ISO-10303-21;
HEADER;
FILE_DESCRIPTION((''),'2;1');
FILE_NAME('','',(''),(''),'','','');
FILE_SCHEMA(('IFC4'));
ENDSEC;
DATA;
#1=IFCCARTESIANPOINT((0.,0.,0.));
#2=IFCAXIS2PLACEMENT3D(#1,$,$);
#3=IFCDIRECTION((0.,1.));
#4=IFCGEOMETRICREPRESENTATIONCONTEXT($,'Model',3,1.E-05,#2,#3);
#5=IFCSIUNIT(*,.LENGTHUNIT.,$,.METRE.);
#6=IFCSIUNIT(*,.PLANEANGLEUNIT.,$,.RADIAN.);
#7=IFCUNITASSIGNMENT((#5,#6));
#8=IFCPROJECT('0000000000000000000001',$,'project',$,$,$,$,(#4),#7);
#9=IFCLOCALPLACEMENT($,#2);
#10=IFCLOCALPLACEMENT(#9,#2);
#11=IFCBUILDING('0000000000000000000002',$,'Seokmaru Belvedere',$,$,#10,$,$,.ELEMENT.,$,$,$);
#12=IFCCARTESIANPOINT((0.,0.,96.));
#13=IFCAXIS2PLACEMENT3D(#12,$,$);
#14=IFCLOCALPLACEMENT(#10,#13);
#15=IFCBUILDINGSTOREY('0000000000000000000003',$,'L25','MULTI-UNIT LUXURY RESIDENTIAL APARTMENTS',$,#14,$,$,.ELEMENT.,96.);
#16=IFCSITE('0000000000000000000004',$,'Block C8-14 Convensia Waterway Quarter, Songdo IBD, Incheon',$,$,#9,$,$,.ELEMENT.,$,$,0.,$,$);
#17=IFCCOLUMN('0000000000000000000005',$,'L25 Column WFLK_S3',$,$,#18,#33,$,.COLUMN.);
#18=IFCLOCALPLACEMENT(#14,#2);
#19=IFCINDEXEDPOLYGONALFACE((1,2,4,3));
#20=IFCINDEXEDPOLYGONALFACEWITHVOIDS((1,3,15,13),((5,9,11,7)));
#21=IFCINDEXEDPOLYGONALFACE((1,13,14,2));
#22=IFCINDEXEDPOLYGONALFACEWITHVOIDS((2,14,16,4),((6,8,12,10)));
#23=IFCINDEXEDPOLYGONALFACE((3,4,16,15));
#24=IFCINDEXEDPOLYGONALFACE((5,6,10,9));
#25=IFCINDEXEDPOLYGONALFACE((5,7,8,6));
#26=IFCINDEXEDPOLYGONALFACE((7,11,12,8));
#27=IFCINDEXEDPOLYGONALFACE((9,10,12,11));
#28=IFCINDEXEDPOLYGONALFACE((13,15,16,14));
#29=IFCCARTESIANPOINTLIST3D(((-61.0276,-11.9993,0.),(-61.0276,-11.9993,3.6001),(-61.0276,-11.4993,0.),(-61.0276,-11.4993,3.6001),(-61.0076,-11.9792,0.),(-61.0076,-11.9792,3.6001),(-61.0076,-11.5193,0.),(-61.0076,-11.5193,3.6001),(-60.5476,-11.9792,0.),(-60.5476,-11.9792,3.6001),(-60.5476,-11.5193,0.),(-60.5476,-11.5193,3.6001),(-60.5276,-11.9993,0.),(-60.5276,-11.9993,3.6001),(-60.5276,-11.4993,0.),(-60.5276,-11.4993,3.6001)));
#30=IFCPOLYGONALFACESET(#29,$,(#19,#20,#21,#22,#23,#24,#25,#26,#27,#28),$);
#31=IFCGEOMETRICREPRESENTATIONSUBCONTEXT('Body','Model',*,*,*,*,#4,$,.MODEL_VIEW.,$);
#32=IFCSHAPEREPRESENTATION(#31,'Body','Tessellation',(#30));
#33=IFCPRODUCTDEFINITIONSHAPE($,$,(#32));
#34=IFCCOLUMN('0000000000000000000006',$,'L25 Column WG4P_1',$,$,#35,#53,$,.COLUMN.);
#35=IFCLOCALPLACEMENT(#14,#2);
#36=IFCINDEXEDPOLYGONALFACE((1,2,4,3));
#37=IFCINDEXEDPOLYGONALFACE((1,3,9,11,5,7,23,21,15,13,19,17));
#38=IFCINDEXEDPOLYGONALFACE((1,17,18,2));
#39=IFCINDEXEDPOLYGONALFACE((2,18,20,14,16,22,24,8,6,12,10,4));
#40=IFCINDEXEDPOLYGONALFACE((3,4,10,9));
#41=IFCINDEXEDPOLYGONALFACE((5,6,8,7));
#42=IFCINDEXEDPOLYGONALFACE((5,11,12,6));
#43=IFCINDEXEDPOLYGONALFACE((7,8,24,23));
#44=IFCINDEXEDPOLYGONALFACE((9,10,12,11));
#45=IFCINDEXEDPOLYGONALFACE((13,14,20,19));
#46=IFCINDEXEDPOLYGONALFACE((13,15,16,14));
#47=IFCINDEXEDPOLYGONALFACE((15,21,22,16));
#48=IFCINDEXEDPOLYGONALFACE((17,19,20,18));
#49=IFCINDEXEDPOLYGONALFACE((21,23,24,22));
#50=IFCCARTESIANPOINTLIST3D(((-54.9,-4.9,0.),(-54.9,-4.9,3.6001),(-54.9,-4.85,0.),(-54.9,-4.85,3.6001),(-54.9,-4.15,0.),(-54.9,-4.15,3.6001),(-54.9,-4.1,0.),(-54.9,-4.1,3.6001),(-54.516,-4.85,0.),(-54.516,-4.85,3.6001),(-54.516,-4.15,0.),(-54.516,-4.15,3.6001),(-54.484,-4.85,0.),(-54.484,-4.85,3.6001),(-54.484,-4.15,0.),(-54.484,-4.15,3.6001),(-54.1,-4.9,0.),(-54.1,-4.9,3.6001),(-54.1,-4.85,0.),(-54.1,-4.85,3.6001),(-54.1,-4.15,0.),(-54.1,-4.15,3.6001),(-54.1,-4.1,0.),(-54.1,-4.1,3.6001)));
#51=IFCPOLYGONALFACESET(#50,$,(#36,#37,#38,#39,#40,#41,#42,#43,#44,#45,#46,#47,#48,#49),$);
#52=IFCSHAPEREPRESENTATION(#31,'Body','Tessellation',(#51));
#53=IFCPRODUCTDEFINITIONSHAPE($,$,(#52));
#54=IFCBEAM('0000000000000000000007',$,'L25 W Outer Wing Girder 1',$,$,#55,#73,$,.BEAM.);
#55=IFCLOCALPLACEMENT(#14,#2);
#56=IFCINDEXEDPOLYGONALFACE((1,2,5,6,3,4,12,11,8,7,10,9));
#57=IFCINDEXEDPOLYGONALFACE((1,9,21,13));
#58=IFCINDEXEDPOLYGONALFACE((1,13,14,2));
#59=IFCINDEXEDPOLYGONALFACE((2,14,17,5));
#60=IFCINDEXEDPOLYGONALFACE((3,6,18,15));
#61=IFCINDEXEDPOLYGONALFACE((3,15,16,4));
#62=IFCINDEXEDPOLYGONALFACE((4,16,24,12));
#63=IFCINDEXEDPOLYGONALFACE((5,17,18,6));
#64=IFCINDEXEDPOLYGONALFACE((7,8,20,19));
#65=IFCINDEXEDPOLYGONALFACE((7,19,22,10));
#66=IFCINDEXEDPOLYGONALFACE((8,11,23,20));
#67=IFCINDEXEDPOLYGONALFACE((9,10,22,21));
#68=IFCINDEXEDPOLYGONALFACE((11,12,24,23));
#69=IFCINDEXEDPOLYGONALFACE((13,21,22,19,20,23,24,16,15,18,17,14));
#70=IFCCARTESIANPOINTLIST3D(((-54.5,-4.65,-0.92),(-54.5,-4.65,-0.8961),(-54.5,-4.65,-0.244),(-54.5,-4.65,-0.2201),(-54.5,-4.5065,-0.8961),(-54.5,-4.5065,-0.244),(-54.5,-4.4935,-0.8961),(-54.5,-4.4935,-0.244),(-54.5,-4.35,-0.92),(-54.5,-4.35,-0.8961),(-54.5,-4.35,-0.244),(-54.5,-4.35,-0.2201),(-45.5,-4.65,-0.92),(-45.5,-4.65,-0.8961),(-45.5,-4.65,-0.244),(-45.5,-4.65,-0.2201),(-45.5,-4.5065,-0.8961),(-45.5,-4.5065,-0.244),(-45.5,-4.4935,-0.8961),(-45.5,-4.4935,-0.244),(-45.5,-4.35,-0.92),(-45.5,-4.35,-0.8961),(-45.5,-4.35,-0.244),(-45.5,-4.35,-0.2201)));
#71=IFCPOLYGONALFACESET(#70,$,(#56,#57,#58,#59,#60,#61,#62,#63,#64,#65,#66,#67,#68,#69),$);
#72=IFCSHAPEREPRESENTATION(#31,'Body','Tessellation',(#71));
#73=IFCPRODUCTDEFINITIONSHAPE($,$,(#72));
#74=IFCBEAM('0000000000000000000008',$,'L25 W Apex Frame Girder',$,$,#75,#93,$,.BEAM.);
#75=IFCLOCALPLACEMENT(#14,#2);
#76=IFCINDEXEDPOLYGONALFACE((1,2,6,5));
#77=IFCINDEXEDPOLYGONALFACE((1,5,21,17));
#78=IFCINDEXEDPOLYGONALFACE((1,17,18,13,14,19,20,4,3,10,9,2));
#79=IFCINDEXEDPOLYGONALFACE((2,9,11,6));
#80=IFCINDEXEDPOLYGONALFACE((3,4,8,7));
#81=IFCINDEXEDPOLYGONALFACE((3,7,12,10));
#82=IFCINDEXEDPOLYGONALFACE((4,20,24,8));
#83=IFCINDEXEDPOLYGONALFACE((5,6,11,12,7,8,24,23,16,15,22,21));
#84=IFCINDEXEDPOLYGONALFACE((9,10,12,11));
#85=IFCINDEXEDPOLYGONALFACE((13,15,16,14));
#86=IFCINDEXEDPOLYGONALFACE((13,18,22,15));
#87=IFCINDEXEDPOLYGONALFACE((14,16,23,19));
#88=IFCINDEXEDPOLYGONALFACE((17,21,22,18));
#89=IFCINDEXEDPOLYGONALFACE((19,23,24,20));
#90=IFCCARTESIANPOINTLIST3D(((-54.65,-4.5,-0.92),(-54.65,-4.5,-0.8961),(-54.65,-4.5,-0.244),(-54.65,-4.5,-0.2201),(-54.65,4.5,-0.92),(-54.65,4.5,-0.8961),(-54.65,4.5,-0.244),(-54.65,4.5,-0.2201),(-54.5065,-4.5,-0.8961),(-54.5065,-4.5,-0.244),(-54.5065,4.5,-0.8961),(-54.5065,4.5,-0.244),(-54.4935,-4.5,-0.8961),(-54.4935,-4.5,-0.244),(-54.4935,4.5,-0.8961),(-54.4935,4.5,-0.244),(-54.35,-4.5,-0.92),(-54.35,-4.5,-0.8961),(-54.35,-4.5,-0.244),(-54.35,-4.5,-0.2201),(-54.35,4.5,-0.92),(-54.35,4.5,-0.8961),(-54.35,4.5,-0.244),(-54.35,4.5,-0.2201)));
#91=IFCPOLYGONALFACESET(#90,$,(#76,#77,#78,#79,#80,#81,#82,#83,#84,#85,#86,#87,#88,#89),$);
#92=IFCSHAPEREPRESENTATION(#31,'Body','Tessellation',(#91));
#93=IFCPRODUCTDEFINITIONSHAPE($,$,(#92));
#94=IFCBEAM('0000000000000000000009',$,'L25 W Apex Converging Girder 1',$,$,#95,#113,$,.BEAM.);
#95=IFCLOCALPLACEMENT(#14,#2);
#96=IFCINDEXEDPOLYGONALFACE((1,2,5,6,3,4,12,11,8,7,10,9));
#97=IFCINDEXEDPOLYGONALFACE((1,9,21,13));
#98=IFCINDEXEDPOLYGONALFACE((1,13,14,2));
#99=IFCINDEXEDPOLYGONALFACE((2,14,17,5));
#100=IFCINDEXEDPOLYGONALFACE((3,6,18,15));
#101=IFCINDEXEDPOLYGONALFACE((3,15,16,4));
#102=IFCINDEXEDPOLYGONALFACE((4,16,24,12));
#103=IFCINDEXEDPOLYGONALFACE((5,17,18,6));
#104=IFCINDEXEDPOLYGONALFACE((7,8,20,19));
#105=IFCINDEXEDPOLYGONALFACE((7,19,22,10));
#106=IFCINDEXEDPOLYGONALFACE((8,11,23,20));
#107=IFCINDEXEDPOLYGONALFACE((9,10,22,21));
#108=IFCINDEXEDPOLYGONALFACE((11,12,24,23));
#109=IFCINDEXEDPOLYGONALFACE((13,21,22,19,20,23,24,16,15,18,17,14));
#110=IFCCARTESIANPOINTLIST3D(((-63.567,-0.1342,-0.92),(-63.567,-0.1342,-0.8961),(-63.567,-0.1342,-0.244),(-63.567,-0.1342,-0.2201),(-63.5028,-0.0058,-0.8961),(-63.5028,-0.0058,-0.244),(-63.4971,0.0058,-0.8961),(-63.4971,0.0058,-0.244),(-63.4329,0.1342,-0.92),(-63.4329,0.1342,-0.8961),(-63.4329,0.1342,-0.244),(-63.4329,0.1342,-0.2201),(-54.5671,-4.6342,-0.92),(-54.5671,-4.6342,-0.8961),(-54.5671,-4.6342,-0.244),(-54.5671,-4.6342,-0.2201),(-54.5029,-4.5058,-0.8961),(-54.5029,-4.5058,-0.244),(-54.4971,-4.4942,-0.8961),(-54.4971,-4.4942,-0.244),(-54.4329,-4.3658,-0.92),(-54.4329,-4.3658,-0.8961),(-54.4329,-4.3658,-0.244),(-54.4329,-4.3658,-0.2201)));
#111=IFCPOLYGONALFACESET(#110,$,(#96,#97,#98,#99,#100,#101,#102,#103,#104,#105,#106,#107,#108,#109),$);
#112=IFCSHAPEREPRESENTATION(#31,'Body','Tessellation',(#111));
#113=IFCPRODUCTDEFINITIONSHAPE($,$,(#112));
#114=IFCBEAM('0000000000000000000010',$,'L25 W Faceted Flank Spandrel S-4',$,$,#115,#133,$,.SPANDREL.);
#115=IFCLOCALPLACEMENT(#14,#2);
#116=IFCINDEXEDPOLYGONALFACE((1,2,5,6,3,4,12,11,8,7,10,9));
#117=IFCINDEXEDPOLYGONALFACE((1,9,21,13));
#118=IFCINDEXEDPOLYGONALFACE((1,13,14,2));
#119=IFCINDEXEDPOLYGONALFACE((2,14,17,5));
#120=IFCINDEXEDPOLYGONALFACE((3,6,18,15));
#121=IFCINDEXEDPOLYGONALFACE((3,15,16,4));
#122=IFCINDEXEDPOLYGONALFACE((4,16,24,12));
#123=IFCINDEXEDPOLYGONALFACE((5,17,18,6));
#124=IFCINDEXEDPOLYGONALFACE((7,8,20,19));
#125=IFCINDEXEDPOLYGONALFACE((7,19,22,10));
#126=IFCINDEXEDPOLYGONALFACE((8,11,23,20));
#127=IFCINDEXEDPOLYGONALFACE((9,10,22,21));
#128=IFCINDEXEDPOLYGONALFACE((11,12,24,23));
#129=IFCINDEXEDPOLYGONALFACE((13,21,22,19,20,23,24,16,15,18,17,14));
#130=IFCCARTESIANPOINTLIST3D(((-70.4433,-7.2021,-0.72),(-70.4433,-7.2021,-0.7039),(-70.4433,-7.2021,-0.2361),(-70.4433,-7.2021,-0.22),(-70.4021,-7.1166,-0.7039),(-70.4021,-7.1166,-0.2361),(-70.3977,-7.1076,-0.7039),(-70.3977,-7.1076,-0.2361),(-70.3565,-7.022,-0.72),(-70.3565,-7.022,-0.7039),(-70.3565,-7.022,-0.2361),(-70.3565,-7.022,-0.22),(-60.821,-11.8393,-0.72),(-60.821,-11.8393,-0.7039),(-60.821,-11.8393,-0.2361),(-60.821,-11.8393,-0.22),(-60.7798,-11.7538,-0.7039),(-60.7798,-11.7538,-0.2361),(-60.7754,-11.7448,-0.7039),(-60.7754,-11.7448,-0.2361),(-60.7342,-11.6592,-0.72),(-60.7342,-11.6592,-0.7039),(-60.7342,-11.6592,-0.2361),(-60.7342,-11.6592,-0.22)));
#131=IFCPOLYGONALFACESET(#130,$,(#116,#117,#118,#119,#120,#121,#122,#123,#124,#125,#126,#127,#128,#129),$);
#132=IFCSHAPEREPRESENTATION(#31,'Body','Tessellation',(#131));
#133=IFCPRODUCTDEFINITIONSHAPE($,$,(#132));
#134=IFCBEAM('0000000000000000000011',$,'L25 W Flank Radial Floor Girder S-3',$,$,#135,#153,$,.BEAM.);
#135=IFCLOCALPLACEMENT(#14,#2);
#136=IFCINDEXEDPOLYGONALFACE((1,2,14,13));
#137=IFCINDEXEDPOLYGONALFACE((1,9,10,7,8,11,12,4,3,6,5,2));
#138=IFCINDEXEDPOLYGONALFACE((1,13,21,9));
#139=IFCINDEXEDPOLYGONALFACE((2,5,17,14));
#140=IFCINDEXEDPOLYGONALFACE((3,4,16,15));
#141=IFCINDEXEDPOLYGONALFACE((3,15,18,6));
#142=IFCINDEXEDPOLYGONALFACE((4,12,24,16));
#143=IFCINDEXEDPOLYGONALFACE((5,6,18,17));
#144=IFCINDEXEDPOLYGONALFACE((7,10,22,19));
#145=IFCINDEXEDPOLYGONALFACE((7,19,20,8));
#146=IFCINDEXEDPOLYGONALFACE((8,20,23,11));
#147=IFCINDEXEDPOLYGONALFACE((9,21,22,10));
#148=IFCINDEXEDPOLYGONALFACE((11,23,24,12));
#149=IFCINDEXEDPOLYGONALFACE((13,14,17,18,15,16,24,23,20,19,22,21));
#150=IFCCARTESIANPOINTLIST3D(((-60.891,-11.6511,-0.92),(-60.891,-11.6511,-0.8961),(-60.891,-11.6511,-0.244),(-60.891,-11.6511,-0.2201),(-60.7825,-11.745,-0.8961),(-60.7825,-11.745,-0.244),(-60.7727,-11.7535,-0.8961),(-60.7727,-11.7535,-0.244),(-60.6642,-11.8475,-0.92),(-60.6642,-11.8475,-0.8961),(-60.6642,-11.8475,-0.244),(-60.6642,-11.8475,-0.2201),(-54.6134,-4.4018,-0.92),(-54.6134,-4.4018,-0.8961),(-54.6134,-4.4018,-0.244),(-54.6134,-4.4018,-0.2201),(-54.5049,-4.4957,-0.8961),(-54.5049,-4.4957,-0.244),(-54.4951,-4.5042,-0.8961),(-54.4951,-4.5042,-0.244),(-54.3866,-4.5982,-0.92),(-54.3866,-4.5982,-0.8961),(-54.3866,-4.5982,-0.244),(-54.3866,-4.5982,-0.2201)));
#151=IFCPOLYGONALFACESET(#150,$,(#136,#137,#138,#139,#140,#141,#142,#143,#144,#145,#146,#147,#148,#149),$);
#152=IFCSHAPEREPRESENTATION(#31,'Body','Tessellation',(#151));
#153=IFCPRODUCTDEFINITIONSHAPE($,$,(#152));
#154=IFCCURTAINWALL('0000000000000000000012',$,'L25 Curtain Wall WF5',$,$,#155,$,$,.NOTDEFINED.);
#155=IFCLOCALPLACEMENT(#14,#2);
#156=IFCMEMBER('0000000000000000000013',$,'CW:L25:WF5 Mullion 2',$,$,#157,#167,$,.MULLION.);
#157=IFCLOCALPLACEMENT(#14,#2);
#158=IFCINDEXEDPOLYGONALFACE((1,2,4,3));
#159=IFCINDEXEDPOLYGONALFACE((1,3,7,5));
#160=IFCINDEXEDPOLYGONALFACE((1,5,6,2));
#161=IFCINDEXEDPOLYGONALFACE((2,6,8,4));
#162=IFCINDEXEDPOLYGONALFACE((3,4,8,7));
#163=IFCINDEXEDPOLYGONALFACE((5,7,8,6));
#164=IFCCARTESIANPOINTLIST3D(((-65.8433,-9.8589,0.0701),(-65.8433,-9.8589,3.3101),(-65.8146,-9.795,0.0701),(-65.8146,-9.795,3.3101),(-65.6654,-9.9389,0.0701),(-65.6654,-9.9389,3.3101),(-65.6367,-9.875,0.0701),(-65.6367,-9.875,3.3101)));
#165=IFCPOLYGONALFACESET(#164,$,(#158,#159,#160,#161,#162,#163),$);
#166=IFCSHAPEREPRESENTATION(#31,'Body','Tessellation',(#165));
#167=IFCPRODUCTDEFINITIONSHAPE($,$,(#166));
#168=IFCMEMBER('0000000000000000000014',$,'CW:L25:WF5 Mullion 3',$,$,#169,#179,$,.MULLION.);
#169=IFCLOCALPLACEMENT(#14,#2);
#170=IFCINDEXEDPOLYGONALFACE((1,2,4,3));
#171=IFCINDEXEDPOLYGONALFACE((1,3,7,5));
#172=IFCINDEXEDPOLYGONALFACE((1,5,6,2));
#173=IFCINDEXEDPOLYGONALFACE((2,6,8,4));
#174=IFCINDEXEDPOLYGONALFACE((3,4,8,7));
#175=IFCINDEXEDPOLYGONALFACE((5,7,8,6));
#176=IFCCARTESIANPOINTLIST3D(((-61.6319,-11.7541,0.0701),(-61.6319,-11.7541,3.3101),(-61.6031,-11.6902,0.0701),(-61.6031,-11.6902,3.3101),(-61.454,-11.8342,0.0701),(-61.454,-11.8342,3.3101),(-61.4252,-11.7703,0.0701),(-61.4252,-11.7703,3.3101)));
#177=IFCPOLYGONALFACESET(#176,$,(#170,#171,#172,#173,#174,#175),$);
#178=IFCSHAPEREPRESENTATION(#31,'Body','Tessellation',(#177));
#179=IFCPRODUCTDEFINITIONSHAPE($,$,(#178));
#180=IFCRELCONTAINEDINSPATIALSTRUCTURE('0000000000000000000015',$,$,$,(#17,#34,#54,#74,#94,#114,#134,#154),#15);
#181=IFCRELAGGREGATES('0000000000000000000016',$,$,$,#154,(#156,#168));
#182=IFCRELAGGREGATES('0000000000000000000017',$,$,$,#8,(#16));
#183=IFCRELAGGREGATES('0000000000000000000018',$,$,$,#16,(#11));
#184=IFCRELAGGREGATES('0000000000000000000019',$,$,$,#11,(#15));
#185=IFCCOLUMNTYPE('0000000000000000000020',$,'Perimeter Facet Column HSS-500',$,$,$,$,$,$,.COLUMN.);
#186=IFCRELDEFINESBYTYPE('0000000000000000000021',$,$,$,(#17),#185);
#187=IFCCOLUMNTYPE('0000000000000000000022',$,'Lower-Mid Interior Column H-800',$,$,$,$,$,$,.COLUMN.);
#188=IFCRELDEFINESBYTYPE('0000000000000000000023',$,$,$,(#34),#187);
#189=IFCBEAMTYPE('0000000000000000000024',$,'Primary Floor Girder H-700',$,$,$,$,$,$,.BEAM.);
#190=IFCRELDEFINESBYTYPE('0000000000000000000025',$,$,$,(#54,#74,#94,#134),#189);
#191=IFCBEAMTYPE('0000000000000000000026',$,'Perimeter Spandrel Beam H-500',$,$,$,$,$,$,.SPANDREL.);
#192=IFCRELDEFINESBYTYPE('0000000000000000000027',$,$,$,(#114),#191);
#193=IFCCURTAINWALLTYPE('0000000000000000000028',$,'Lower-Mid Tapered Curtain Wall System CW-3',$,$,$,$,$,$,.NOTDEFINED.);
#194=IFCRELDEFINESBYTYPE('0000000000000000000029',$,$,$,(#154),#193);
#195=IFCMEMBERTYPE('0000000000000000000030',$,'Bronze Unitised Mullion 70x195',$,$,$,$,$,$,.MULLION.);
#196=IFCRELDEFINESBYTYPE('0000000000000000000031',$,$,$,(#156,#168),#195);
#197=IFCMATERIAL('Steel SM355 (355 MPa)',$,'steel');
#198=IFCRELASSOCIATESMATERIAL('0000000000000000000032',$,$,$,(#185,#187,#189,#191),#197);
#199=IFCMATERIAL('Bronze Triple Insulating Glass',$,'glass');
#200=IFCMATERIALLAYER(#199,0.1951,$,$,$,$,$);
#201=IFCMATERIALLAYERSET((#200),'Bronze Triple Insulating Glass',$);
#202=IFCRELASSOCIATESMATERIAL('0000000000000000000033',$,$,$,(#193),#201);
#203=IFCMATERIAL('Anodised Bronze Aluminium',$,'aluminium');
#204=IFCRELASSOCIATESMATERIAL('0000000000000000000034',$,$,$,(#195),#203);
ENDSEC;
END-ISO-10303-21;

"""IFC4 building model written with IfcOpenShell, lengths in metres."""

from ifc_helpers import new_model, si_unit, direction, frame, origin, origin_2d, place, context, subcontext, project, spatial, rectangle, hollow_rectangle, i_section, extrude, source, transform, mapped, material, layer, layer_set, material_profile, profile_set, type_object, type_shapes, element, aggregate, save


model = new_model("IFC4")

# Units and contexts
model_context = context("Model", 3, precision=1e-05, world=origin(), true_north=direction((0.0, 1.0)))
body_context = subcontext(model_context, "Body", "Model", "MODEL_VIEW")
ifc_project = project(units=[si_unit("LENGTHUNIT", "METRE"), si_unit("PLANEANGLEUNIT", "RADIAN")], contexts=[model_context])

# Site, building, storey
site_placement = place(None, origin())
site = spatial("IfcSite", under=ifc_project, at=site_placement, Name="Block C8-14 Convensia Waterway Quarter, Songdo IBD, Incheon", CompositionType="ELEMENT", RefElevation=0.0)
building_placement = place(site_placement, origin())
building = spatial("IfcBuilding", under=site, at=building_placement, Name="Seokmaru Belvedere", CompositionType="ELEMENT")
storey_placement = place(building_placement, frame((0.0, 0.0, 96.0)))
storey = spatial("IfcBuildingStorey", under=building, at=storey_placement, Name="L25", Description="MULTI-UNIT LUXURY RESIDENTIAL APARTMENTS", CompositionType="ELEMENT", Elevation=96.0)

# Columns
ifc_material_1 = material(Name="Steel SM355 (355 MPa)", Category="steel")
ifc_material_profile_1 = material_profile(ifc_material_1, hollow_rectangle(XDim=0.5, YDim=0.5, WallThickness=0.02, at=origin_2d()), Name="HSS-500x500x20")
ifc_profile_set_1 = profile_set([ifc_material_profile_1], Name="Steel SM355 (355 MPa)")
column_type_1 = type_object("IfcColumnType", Name="Perimeter Facet Column HSS-500", PredefinedType="COLUMN", material=ifc_profile_set_1)
shared_shape_1 = source(origin(), body_context, "Body", "SweptSolid", [
    extrude(hollow_rectangle(XDim=0.5, YDim=0.5, WallThickness=0.02, at=origin_2d()), origin(), (0.0, 0.0, 1.0), 3.6001),
])
type_shapes(column_type_1, [shared_shape_1])
column_1_placement = place(storey_placement, frame((-60.7776, -11.7493, 0.0), z_axis=(0.0, 0.0, 1.0), x_axis=(1.0, 0.0, 0.0)))
element("IfcColumn", 1, at=column_1_placement, inside=storey, type_object=column_type_1, Name="L25 Column WFLK_S3", PredefinedType="COLUMN", context=body_context, shape_type="MappedRepresentation", body=[
    mapped(shared_shape_1, transform((0.0, 0.0, 0.0), scale=1.0)),
])
ifc_material_profile_2 = material_profile(ifc_material_1, i_section(OverallWidth=0.8, OverallDepth=0.8, WebThickness=0.032, FlangeThickness=0.05, at=origin_2d()), Name="H-800x800x32x50")
ifc_profile_set_2 = profile_set([ifc_material_profile_2], Name="Steel SM355 (355 MPa)")
column_type_2 = type_object("IfcColumnType", Name="Lower-Mid Interior Column H-800", PredefinedType="COLUMN", material=ifc_profile_set_2)
shared_shape_2 = source(origin(), body_context, "Body", "SweptSolid", [
    extrude(i_section(OverallWidth=0.8, OverallDepth=0.8, WebThickness=0.032, FlangeThickness=0.05, at=origin_2d()), origin(), (0.0, 0.0, 1.0), 3.6001),
])
type_shapes(column_type_2, [shared_shape_2])
column_2_placement = place(storey_placement, frame((-54.5, -4.5, 0.0), z_axis=(0.0, 0.0, 1.0), x_axis=(1.0, 0.0, 0.0)))
element("IfcColumn", 2, at=column_2_placement, inside=storey, type_object=column_type_2, Name="L25 Column WG4P_1", PredefinedType="COLUMN", context=body_context, shape_type="MappedRepresentation", body=[
    mapped(shared_shape_2, transform((0.0, 0.0, 0.0), scale=1.0)),
])

# Beams
ifc_material_profile_3 = material_profile(ifc_material_1, i_section(OverallWidth=0.3, OverallDepth=0.7, WebThickness=0.0129, FlangeThickness=0.0239, at=origin_2d()), Name="H-700x300x13x24")
ifc_profile_set_3 = profile_set([ifc_material_profile_3], Name="Steel SM355 (355 MPa)")
beam_type_1 = type_object("IfcBeamType", Name="Primary Floor Girder H-700", PredefinedType="BEAM", material=ifc_profile_set_3)
shared_shape_3 = source(origin(), body_context, "Body", "SweptSolid", [
    extrude(i_section(OverallWidth=0.3, OverallDepth=0.7, WebThickness=0.0129, FlangeThickness=0.0239, at=origin_2d()), origin(), (0.0, 0.0, 1.0), 9.0),
])
for number, where, z_axis, x_axis, name in (
    (3, (-54.5, -4.5, -0.5701), (1.0, 0.0, 0.0), (0.0, 1.0, 0.0), "L25 W Outer Wing Girder 1"),
    (4, (-54.5, -4.5, -0.5701), (0.0, 1.0, 0.0), (-1.0, 0.0, 0.0), "L25 W Apex Frame Girder"),
):
    element("IfcBeam", number, at=place(storey_placement, frame(where, z_axis=z_axis, x_axis=x_axis)), inside=storey, type_object=beam_type_1, Name=name, PredefinedType="BEAM", context=body_context, shape_type="MappedRepresentation", body=[
        mapped(shared_shape_3, transform((0.0, 0.0, 0.0), scale=1.0)),
    ])
shared_shape_4 = source(origin(), body_context, "Body", "SweptSolid", [
    extrude(i_section(OverallWidth=0.3, OverallDepth=0.7, WebThickness=0.0129, FlangeThickness=0.0239, at=origin_2d()), origin(), (0.0, 0.0, 1.0), 10.0623),
])
beam_1_placement = place(storey_placement, frame((-54.5, -4.5, -0.5701), z_axis=(-0.894427, 0.447214, 0.0), x_axis=(-0.447214, -0.894427, 0.0)))
element("IfcBeam", 5, at=beam_1_placement, inside=storey, type_object=beam_type_1, Name="L25 W Apex Converging Girder 1", PredefinedType="BEAM", context=body_context, shape_type="MappedRepresentation", body=[
    mapped(shared_shape_4, transform((0.0, 0.0, 0.0), scale=1.0)),
])
ifc_material_profile_4 = material_profile(ifc_material_1, i_section(OverallWidth=0.2, OverallDepth=0.5, WebThickness=0.01, FlangeThickness=0.0161, at=origin_2d()), Name="H-500x200x10x16")
ifc_profile_set_4 = profile_set([ifc_material_profile_4], Name="Steel SM355 (355 MPa)")
beam_type_2 = type_object("IfcBeamType", Name="Perimeter Spandrel Beam H-500", PredefinedType="SPANDREL", material=ifc_profile_set_4)
shared_shape_5 = source(origin(), body_context, "Body", "SweptSolid", [
    extrude(i_section(OverallWidth=0.2, OverallDepth=0.5, WebThickness=0.01, FlangeThickness=0.0161, at=origin_2d()), origin(), (0.0, 0.0, 1.0), 10.6814),
])
type_shapes(beam_type_2, [shared_shape_5])
beam_2_placement = place(storey_placement, frame((-60.7776, -11.7493, -0.47), z_axis=(-0.900846, 0.434138, 0.0), x_axis=(-0.434138, -0.900846, 0.0)))
element("IfcBeam", 6, at=beam_2_placement, inside=storey, type_object=beam_type_2, Name="L25 W Faceted Flank Spandrel S-4", PredefinedType="SPANDREL", context=body_context, shape_type="MappedRepresentation", body=[
    mapped(shared_shape_5, transform((0.0, 0.0, 0.0), scale=1.0)),
])
shared_shape_6 = source(origin(), body_context, "Body", "SweptSolid", [
    extrude(i_section(OverallWidth=0.3, OverallDepth=0.7, WebThickness=0.0129, FlangeThickness=0.0239, at=origin_2d()), origin(), (0.0, 0.0, 1.0), 9.5896),
])
type_shapes(beam_type_1, [shared_shape_3, shared_shape_4, shared_shape_6])
beam_3_placement = place(storey_placement, frame((-60.7776, -11.7493, -0.5701), z_axis=(0.654626, 0.755953, 0.0), x_axis=(-0.755953, 0.654626, 0.0)))
element("IfcBeam", 7, at=beam_3_placement, inside=storey, type_object=beam_type_1, Name="L25 W Flank Radial Floor Girder S-3", PredefinedType="BEAM", context=body_context, shape_type="MappedRepresentation", body=[
    mapped(shared_shape_6, transform((0.0, 0.0, 0.0), scale=1.0)),
])

# Curtain wall, members
ifc_material_2 = material(Name="Bronze Triple Insulating Glass", Category="glass")
ifc_layer_1 = layer(ifc_material_2, 0.1951)
ifc_layer_set_1 = layer_set([ifc_layer_1], Name="Bronze Triple Insulating Glass")
curtain_wall_type = type_object("IfcCurtainWallType", Name="Lower-Mid Tapered Curtain Wall System CW-3", PredefinedType="NOTDEFINED", material=ifc_layer_set_1)
curtain_wall_placement = place(storey_placement, origin())
curtain_wall = element("IfcCurtainWall", 8, at=curtain_wall_placement, inside=storey, type_object=curtain_wall_type, Name="L25 Curtain Wall WF5", PredefinedType="NOTDEFINED")
ifc_material_3 = material(Name="Anodised Bronze Aluminium", Category="aluminium")
ifc_material_profile_5 = material_profile(ifc_material_3, rectangle(XDim=0.0701, YDim=0.1951, at=origin_2d()), Name="CW-M-70x195")
ifc_profile_set_5 = profile_set([ifc_material_profile_5], Name="Anodised Bronze Aluminium")
member_type = type_object("IfcMemberType", Name="Bronze Unitised Mullion 70x195", PredefinedType="MULLION", material=ifc_profile_set_5)
shared_shape_7 = source(origin(), body_context, "Body", "SweptSolid", [
    extrude(rectangle(XDim=0.0701, YDim=0.1951, at=origin_2d()), origin(), (0.0, 0.0, 1.0), 3.24),
])
type_shapes(member_type, [shared_shape_7])
member_1_placement = place(storey_placement, frame((-65.74, -9.8669, 0.0701), z_axis=(0.0, 0.0, 1.0), x_axis=(0.410366, 0.911921, 0.0)))
member_1 = element("IfcMember", 9, at=member_1_placement, type_object=member_type, Name="CW:L25:WF5 Mullion 2", PredefinedType="MULLION", context=body_context, shape_type="MappedRepresentation", body=[
    mapped(shared_shape_7, transform((0.0, 0.0, 0.0), scale=1.0)),
])
member_2_placement = place(storey_placement, frame((-61.5286, -11.7622, 0.0701), z_axis=(0.0, 0.0, 1.0), x_axis=(0.410366, 0.911921, 0.0)))
member_2 = element("IfcMember", 10, at=member_2_placement, type_object=member_type, Name="CW:L25:WF5 Mullion 3", PredefinedType="MULLION", context=body_context, shape_type="MappedRepresentation", body=[
    mapped(shared_shape_7, transform((0.0, 0.0, 0.0), scale=1.0)),
])
aggregate(curtain_wall, [member_1, member_2])

save(model, "model.ifc")
